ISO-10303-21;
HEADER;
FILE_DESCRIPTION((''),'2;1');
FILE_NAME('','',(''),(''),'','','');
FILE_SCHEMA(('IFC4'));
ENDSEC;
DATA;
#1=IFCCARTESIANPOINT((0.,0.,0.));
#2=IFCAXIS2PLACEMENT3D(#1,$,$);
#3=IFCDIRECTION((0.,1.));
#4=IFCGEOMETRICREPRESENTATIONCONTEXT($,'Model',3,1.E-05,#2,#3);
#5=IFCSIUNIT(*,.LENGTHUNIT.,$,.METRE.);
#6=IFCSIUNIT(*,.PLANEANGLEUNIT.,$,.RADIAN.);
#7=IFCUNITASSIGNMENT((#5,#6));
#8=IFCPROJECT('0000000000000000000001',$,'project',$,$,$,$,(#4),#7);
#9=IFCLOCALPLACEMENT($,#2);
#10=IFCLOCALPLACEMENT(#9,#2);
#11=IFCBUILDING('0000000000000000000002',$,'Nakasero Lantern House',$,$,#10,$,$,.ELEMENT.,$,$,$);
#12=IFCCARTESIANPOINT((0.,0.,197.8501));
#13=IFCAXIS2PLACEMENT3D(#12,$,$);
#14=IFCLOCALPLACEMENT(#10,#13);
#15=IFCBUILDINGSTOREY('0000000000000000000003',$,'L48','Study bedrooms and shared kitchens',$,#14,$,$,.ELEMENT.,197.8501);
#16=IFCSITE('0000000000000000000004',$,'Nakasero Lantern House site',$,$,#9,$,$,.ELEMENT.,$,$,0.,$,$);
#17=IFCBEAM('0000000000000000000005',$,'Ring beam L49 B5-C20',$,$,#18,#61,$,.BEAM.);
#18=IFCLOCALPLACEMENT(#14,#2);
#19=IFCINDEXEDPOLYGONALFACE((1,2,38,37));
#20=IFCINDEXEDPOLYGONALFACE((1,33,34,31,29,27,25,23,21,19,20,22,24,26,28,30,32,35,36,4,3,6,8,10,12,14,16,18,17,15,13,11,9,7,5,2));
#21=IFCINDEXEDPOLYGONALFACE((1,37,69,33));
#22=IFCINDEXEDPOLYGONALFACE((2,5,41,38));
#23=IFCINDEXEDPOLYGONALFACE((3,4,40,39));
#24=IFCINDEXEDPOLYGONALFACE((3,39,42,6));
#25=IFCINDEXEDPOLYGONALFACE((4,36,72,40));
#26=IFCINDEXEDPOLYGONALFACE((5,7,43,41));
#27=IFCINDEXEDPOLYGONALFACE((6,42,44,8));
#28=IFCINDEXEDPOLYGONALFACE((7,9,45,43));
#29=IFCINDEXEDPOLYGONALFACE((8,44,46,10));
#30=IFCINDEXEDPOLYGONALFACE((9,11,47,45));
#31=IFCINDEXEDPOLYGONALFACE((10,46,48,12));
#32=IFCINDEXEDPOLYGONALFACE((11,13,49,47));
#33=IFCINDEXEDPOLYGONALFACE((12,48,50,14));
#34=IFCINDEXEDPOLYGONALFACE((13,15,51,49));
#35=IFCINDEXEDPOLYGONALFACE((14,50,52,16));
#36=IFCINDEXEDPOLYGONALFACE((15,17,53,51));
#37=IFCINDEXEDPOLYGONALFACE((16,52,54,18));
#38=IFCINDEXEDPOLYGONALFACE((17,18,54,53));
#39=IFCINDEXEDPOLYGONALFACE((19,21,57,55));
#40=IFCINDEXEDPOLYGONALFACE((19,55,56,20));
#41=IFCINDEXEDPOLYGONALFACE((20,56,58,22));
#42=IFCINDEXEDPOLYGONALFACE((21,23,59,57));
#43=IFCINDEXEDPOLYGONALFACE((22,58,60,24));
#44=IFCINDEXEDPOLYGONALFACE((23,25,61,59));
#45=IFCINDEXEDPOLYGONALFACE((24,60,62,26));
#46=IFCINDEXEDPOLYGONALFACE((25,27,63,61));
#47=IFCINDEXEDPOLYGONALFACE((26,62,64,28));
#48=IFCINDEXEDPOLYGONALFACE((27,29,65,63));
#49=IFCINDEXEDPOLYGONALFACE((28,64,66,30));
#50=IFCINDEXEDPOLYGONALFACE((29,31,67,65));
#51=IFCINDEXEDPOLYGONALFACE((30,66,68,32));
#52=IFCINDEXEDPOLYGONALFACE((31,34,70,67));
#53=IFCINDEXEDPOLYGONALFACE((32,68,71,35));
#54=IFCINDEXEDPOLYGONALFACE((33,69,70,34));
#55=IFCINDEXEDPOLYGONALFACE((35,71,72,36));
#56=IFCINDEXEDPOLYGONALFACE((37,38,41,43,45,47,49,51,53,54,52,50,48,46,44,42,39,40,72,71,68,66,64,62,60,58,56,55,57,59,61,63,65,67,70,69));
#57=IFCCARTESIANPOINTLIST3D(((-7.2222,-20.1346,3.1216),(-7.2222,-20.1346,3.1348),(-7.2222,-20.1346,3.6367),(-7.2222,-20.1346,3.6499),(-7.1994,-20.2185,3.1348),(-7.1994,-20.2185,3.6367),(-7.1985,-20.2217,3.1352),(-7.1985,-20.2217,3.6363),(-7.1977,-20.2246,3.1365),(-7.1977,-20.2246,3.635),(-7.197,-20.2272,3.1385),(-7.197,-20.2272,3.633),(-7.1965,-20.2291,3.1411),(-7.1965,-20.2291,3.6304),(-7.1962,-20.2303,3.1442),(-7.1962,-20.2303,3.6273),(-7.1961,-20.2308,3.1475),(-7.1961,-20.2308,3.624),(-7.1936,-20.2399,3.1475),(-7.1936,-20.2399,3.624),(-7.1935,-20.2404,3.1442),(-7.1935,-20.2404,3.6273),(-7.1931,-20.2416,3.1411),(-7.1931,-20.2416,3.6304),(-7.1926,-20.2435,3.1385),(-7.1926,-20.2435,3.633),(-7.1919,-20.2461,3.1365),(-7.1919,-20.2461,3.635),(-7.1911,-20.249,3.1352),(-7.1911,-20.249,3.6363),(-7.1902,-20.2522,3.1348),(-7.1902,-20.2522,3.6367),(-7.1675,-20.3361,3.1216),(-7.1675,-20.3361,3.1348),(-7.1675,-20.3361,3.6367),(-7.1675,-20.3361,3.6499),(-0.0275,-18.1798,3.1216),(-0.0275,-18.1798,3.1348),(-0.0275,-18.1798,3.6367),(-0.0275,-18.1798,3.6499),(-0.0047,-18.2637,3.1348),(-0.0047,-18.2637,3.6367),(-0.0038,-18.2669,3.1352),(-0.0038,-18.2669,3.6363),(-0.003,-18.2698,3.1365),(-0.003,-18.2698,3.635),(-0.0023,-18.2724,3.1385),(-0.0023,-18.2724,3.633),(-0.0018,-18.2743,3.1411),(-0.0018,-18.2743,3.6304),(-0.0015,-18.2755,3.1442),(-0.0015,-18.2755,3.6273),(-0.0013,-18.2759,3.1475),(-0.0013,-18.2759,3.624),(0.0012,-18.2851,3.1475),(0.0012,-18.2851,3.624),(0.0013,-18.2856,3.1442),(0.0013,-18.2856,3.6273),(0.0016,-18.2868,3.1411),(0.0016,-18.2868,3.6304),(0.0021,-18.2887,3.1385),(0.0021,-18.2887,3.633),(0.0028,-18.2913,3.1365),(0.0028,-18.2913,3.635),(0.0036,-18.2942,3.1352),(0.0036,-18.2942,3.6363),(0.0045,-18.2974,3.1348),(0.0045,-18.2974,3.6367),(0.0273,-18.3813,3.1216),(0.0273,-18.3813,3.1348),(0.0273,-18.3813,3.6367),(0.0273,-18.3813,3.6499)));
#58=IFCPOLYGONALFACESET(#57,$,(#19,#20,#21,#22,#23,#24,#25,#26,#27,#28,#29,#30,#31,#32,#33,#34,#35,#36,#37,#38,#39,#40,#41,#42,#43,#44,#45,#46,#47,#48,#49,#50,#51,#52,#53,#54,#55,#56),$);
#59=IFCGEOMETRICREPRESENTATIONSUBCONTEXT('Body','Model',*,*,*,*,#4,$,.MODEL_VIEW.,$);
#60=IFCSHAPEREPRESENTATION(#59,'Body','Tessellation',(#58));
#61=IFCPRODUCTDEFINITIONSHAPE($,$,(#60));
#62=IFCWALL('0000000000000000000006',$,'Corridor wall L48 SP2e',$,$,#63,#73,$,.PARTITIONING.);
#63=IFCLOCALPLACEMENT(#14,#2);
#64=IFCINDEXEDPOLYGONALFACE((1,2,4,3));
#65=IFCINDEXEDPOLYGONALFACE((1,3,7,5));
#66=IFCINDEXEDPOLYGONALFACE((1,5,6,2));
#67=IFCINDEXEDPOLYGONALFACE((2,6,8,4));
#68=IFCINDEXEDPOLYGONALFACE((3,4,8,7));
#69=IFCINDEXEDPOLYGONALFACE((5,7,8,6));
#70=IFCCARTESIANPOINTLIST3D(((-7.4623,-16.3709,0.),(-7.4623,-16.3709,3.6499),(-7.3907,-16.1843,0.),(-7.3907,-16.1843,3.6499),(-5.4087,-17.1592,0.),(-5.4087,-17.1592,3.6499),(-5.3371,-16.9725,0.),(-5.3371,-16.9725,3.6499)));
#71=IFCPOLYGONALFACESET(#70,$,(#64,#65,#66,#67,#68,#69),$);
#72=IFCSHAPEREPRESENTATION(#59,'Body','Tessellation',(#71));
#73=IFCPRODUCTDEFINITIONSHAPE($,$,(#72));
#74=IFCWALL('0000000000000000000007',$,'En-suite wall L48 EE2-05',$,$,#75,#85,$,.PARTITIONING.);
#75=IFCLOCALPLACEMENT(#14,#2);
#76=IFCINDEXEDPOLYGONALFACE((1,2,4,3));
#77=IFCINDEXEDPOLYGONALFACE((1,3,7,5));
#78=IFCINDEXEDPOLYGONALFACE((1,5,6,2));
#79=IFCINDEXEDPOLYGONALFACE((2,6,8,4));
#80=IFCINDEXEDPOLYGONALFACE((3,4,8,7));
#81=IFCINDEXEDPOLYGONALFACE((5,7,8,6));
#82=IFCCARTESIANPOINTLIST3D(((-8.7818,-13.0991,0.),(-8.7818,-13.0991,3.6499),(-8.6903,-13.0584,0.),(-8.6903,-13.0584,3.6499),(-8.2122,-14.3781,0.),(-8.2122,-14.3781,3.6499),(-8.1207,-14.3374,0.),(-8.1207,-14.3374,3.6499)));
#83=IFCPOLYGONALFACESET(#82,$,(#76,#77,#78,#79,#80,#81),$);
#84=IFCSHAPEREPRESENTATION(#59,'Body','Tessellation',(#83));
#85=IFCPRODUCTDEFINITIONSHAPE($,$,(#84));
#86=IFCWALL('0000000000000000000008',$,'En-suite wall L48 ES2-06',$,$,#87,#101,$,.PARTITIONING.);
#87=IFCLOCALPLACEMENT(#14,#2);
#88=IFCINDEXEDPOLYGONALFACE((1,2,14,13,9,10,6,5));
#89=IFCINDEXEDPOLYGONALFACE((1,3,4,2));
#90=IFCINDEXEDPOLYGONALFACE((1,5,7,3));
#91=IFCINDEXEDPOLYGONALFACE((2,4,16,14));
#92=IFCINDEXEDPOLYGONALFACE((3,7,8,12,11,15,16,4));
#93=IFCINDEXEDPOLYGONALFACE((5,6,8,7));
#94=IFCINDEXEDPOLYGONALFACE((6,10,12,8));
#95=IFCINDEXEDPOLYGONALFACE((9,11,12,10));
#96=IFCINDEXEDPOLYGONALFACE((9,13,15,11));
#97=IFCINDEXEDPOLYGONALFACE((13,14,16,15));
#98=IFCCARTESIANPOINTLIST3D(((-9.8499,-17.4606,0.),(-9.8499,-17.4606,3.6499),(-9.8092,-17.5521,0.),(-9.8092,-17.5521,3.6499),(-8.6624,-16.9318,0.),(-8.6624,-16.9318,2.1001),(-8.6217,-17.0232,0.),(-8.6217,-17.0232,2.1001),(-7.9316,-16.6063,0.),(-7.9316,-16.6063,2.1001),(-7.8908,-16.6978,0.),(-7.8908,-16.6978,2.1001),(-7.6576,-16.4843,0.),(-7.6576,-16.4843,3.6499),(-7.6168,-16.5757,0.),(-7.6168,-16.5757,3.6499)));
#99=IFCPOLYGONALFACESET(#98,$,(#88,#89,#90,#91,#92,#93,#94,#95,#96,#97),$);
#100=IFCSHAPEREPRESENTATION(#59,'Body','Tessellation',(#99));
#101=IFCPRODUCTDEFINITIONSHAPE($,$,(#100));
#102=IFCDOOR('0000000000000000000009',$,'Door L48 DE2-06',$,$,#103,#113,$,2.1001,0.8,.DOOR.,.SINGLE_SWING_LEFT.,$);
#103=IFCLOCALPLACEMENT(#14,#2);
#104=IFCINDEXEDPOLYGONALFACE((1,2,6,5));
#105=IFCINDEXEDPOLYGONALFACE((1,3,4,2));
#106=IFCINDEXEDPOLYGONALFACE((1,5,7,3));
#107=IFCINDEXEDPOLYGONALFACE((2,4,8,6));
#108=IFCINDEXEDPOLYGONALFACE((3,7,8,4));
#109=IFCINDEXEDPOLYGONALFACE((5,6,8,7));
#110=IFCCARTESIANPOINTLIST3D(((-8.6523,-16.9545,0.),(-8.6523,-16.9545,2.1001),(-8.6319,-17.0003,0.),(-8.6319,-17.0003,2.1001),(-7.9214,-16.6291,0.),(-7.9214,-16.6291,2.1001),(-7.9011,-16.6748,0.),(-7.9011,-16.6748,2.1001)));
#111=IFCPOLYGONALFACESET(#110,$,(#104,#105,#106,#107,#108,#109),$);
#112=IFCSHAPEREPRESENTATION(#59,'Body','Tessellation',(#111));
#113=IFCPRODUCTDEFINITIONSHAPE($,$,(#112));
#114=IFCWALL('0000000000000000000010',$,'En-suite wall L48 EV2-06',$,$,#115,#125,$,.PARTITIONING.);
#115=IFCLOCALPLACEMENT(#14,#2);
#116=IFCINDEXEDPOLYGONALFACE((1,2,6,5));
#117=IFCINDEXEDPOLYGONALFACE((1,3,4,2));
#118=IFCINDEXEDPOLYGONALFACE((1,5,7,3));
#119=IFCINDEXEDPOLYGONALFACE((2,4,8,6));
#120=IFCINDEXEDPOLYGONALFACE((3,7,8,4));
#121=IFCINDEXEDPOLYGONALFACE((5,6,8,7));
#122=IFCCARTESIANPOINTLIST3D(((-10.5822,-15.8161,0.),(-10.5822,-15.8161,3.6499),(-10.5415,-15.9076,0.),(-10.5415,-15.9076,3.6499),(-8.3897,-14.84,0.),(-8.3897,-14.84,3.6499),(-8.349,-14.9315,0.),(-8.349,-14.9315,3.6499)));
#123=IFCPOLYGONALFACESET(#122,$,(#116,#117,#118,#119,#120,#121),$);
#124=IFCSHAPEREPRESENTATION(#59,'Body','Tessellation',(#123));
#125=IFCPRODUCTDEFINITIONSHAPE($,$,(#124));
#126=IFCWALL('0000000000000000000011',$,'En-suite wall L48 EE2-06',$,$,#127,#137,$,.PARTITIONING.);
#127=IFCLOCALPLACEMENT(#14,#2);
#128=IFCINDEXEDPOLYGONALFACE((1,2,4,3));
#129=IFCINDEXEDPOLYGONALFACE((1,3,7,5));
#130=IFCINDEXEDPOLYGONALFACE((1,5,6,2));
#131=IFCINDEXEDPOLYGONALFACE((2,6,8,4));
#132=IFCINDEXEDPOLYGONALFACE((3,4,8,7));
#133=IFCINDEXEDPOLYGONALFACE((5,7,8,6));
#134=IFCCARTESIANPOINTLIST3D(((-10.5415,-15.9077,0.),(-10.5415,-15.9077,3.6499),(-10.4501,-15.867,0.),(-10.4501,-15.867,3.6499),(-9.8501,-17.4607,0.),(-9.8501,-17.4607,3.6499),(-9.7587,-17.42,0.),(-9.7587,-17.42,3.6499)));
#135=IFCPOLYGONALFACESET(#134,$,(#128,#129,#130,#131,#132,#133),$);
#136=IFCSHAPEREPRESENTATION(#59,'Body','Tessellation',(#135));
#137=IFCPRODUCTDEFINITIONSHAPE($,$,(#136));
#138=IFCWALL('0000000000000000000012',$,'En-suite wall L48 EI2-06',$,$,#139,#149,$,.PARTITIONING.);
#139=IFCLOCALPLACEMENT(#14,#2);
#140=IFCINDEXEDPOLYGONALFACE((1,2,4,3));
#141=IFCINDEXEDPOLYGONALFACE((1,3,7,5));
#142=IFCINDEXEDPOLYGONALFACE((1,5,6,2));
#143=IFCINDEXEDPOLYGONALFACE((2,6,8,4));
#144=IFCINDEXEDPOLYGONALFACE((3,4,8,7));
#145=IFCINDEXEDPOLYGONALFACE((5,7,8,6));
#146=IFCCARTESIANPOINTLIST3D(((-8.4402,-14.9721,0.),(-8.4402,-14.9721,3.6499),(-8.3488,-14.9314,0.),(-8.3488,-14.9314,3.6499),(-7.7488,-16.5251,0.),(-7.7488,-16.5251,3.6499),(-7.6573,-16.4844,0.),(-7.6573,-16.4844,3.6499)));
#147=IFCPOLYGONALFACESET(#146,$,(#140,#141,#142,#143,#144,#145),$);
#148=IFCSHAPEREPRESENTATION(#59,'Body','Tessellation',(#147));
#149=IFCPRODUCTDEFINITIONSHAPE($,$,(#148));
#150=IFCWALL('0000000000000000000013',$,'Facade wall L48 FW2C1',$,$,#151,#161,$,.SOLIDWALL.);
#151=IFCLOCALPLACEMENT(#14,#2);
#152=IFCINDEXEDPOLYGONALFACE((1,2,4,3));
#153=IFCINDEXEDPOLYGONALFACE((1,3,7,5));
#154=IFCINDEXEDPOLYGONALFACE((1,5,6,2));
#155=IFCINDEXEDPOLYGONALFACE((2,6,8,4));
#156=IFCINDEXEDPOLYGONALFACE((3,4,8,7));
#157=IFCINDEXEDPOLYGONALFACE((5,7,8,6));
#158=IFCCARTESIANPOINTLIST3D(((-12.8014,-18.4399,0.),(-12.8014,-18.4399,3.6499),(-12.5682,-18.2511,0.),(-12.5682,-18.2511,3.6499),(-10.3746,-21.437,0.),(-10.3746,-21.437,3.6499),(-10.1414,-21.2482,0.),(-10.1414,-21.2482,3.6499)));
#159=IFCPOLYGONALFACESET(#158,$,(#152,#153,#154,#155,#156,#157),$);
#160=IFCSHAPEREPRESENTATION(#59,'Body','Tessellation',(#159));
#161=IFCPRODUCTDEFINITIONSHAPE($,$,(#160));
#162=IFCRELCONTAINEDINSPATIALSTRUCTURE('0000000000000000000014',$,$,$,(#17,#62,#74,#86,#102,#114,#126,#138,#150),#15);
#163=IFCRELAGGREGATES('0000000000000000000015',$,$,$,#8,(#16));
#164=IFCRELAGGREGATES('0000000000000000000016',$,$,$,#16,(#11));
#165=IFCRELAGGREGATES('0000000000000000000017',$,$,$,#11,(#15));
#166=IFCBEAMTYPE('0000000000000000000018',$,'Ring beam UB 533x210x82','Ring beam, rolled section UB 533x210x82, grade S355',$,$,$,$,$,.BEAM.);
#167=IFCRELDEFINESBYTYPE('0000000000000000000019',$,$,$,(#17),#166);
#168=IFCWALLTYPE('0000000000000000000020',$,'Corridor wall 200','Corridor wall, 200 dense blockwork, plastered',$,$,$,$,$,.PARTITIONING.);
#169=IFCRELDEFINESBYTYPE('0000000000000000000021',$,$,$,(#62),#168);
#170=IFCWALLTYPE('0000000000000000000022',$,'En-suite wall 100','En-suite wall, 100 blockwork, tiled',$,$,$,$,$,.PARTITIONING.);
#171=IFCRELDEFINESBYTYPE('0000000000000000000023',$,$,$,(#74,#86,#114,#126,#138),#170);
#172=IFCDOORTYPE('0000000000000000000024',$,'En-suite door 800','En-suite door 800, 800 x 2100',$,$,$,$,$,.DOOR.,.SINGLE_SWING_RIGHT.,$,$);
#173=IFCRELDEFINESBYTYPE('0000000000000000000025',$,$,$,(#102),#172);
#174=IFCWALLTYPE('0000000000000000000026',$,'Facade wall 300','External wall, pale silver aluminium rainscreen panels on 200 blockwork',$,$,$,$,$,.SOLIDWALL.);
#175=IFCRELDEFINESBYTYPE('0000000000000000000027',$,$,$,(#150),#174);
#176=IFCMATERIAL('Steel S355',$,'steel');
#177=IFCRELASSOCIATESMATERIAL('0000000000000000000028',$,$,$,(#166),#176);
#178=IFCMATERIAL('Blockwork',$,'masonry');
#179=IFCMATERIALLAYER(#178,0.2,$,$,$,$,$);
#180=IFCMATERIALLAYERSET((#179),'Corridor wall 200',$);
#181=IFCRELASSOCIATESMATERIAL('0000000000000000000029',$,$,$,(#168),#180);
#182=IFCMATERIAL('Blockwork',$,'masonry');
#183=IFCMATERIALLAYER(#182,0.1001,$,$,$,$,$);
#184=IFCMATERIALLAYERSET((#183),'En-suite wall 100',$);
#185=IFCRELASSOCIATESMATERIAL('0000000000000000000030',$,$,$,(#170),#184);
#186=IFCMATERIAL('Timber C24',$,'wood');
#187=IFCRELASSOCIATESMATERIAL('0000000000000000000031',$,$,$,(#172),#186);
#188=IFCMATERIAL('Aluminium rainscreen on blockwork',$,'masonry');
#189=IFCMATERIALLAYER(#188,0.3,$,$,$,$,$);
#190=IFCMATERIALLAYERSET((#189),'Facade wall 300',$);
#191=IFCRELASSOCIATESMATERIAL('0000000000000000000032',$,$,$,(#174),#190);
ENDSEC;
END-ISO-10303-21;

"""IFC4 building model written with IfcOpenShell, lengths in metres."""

from ifc_helpers import new_model, si_unit, direction, frame, frame_2d, origin, origin_2d, place, context, subcontext, project, spatial, rectangle, i_section, extrude, material, layer, layer_set, material_profile, profile_set, type_object, element, fill, save


model = new_model("IFC4")

# Units and contexts
model_context = context("Model", 3, precision=1e-05, world=origin(), true_north=direction((0.0, 1.0)))
body_context = subcontext(model_context, "Body", "Model", "MODEL_VIEW")
ifc_project = project(units=[si_unit("LENGTHUNIT", "METRE"), si_unit("PLANEANGLEUNIT", "RADIAN")], contexts=[model_context])

# Site, building, storey
site_placement = place(None, origin())
site = spatial("IfcSite", under=ifc_project, at=site_placement, Name="Nakasero Lantern House site", CompositionType="ELEMENT", RefElevation=0.0)
building_placement = place(site_placement, origin())
building = spatial("IfcBuilding", under=site, at=building_placement, Name="Nakasero Lantern House", CompositionType="ELEMENT")
storey_placement = place(building_placement, frame((0.0, 0.0, 197.8501)))
storey = spatial("IfcBuildingStorey", under=building, at=storey_placement, Name="L48", Description="Study bedrooms and shared kitchens", CompositionType="ELEMENT", Elevation=197.8501)

# Beam
ifc_material_1 = material(Name="Steel S355", Category="steel")
ifc_material_profile_1 = material_profile(ifc_material_1, i_section(OverallWidth=0.2087, OverallDepth=0.5283, WebThickness=0.0095, FlangeThickness=0.0132, FilletRadius=0.0127, at=origin_2d()), Name="UB 533x210x82")
ifc_profile_set_1 = profile_set([ifc_material_profile_1], Name="Steel S355")
beam_type_1 = type_object("IfcBeamType", Name="Ring beam UB 533x210x82", Description="Ring beam, rolled section UB 533x210x82, grade S355", PredefinedType="BEAM", material=ifc_profile_set_1)
beam_1_placement = place(storey_placement, frame((-7.1948, -20.2354, 3.3857), z_axis=(0.965015, 0.262195, 0.0), x_axis=(-0.262195, 0.965015, 0.0)))
element("IfcBeam", 1, at=beam_1_placement, inside=storey, type_object=beam_type_1, Name="Ring beam L49 B5-C20", PredefinedType="BEAM", context=body_context, shape_type="SweptSolid", body=[
    extrude(i_section(OverallWidth=0.2087, OverallDepth=0.5283, WebThickness=0.0095, FlangeThickness=0.0132, FilletRadius=0.0127, at=origin_2d()), origin(), (0.0, 0.0, 1.0), 7.4556),
])

# Walls
ifc_material_2 = material(Name="Blockwork", Category="masonry")
ifc_layer_1 = layer(ifc_material_2, 0.2)
ifc_layer_set_1 = layer_set([ifc_layer_1], Name="Corridor wall 200")
wall_type_1 = type_object("IfcWallType", Name="Corridor wall 200", Description="Corridor wall, 200 dense blockwork, plastered", PredefinedType="PARTITIONING", material=ifc_layer_set_1)
wall_1_placement = place(storey_placement, frame((-7.4265, -16.2776, 0.0), z_axis=(0.0, 0.0, 1.0), x_axis=(0.933583, -0.358362, 0.0)))
element("IfcWall", 2, at=wall_1_placement, inside=storey, type_object=wall_type_1, Name="Corridor wall L48 SP2e", PredefinedType="PARTITIONING", context=body_context, shape_type="SweptSolid", body=[
    extrude(rectangle(XDim=2.1997, YDim=0.2, at=frame_2d((1.0999, 0.0))), origin(), (0.0, 0.0, 1.0), 3.6499),
])
ifc_material_3 = material(Name="Blockwork", Category="masonry")
ifc_layer_2 = layer(ifc_material_3, 0.1001)
ifc_layer_set_2 = layer_set([ifc_layer_2], Name="En-suite wall 100")
wall_type_2 = type_object("IfcWallType", Name="En-suite wall 100", Description="En-suite wall, 100 blockwork, tiled", PredefinedType="PARTITIONING", material=ifc_layer_set_2)
wall_2_placement = place(storey_placement, frame((-8.7361, -13.0786, 0.0), z_axis=(0.0, 0.0, 1.0), x_axis=(0.406802, -0.913516, 0.0)))
element("IfcWall", 3, at=wall_2_placement, inside=storey, type_object=wall_type_2, Name="En-suite wall L48 EE2-05", PredefinedType="PARTITIONING", context=body_context, shape_type="SweptSolid", body=[
    extrude(rectangle(XDim=1.4001, YDim=0.1001, at=frame_2d((0.7002, 0.0))), origin(), (0.0, 0.0, 1.0), 3.6499),
])

# Wall, opening, door
wall_3_placement = place(storey_placement, frame((-7.6372, -16.53, 0.0), z_axis=(0.0, 0.0, 1.0), x_axis=(-0.913513, -0.406809, 0.0)))
wall_3 = element("IfcWall", 4, at=wall_3_placement, inside=storey, type_object=wall_type_2, Name="En-suite wall L48 ES2-06", PredefinedType="PARTITIONING", context=body_context, shape_type="SweptSolid", body=[
    extrude(rectangle(XDim=2.3999, YDim=0.1001, at=frame_2d((1.2, 0.0))), origin(), (0.0, 0.0, 1.0), 3.6499),
])
opening_1_placement = place(wall_3_placement, frame((0.3, 0.0, 0.0)))
opening_1 = element("IfcOpeningElement", 5, at=opening_1_placement, cuts=wall_3, PredefinedType="OPENING", context=body_context, shape_type="SweptSolid", body=[
    extrude(rectangle(XDim=0.8, YDim=2.1001, at=frame_2d((0.3999, 1.05))), frame((0.0, 0.0701, 0.0), z_axis=(0.0, -1.0, 0.0), x_axis=(1.0, 0.0, 0.0)), (0.0, 0.0, 1.0), 0.1401),
])
ifc_material_4 = material(Name="Timber C24", Category="wood")
door_type = type_object("IfcDoorType", Name="En-suite door 800", Description="En-suite door 800, 800 x 2100", OperationType="SINGLE_SWING_RIGHT", PredefinedType="DOOR", material=ifc_material_4)
door_placement = place(opening_1_placement, origin())
door = element("IfcDoor", 6, at=door_placement, inside=storey, type_object=door_type, Name="Door L48 DE2-06", OperationType="SINGLE_SWING_LEFT", OverallHeight=2.1001, OverallWidth=0.8, PredefinedType="DOOR", context=body_context, shape_type="SweptSolid", body=[
    extrude(rectangle(XDim=0.8, YDim=2.1001, at=frame_2d((0.3999, 1.05))), frame((0.0, 0.0249, 0.0), z_axis=(0.0, -1.0, 0.0), x_axis=(1.0, 0.0, 0.0)), (0.0, 0.0, 1.0), 0.05),
])
fill(opening_1, door)

# Walls
wall_4_placement = place(storey_placement, frame((-8.3694, -14.8857, 0.0), z_axis=(0.0, 0.0, 1.0), x_axis=(-0.913551, -0.406724, 0.0)))
element("IfcWall", 7, at=wall_4_placement, inside=storey, type_object=wall_type_2, Name="En-suite wall L48 EV2-06", PredefinedType="PARTITIONING", context=body_context, shape_type="SweptSolid", body=[
    extrude(rectangle(XDim=2.3999, YDim=0.1001, at=frame_2d((1.2, 0.0))), origin(), (0.0, 0.0, 1.0), 3.6499),
])
for number, where, z_axis, x_axis, name in (
    (8, (-10.4958, -15.8872, 0.0), (0.0, 0.0, 1.0), (0.406725, -0.913551, 0.0), "En-suite wall L48 EE2-06"),
    (9, (-8.3945, -14.9517, 0.0), (0.0, 0.0, 1.0), (0.406725, -0.913551, 0.0), "En-suite wall L48 EI2-06"),
):
    element("IfcWall", number, at=place(storey_placement, frame(where, z_axis=z_axis, x_axis=x_axis)), inside=storey, type_object=wall_type_2, Name=name, PredefinedType="PARTITIONING", context=body_context, shape_type="SweptSolid", body=[
        extrude(rectangle(XDim=1.7, YDim=0.1001, at=frame_2d((0.8501, 0.0))), origin(), (0.0, 0.0, 1.0), 3.6499),
    ])
ifc_material_5 = material(Name="Aluminium rainscreen on blockwork", Category="masonry")
ifc_layer_3 = layer(ifc_material_5, 0.3)
ifc_layer_set_3 = layer_set([ifc_layer_3], Name="Facade wall 300")
wall_type_3 = type_object("IfcWallType", Name="Facade wall 300", Description="External wall, pale silver aluminium rainscreen panels on 200 blockwork", PredefinedType="SOLIDWALL", material=ifc_layer_set_3)
wall_5_placement = place(storey_placement, frame((-12.6848, -18.3455, 0.0), z_axis=(0.0, 0.0, 1.0), x_axis=(0.629286, -0.777174, 0.0)))
element("IfcWall", 10, at=wall_5_placement, inside=storey, type_object=wall_type_3, Name="Facade wall L48 FW2C1", PredefinedType="SOLIDWALL", context=body_context, shape_type="SweptSolid", body=[
    extrude(rectangle(XDim=3.8564, YDim=0.3, at=frame_2d((1.9282, 0.0))), origin(), (0.0, 0.0, 1.0), 3.6499),
])

save(model, "model.ifc")
